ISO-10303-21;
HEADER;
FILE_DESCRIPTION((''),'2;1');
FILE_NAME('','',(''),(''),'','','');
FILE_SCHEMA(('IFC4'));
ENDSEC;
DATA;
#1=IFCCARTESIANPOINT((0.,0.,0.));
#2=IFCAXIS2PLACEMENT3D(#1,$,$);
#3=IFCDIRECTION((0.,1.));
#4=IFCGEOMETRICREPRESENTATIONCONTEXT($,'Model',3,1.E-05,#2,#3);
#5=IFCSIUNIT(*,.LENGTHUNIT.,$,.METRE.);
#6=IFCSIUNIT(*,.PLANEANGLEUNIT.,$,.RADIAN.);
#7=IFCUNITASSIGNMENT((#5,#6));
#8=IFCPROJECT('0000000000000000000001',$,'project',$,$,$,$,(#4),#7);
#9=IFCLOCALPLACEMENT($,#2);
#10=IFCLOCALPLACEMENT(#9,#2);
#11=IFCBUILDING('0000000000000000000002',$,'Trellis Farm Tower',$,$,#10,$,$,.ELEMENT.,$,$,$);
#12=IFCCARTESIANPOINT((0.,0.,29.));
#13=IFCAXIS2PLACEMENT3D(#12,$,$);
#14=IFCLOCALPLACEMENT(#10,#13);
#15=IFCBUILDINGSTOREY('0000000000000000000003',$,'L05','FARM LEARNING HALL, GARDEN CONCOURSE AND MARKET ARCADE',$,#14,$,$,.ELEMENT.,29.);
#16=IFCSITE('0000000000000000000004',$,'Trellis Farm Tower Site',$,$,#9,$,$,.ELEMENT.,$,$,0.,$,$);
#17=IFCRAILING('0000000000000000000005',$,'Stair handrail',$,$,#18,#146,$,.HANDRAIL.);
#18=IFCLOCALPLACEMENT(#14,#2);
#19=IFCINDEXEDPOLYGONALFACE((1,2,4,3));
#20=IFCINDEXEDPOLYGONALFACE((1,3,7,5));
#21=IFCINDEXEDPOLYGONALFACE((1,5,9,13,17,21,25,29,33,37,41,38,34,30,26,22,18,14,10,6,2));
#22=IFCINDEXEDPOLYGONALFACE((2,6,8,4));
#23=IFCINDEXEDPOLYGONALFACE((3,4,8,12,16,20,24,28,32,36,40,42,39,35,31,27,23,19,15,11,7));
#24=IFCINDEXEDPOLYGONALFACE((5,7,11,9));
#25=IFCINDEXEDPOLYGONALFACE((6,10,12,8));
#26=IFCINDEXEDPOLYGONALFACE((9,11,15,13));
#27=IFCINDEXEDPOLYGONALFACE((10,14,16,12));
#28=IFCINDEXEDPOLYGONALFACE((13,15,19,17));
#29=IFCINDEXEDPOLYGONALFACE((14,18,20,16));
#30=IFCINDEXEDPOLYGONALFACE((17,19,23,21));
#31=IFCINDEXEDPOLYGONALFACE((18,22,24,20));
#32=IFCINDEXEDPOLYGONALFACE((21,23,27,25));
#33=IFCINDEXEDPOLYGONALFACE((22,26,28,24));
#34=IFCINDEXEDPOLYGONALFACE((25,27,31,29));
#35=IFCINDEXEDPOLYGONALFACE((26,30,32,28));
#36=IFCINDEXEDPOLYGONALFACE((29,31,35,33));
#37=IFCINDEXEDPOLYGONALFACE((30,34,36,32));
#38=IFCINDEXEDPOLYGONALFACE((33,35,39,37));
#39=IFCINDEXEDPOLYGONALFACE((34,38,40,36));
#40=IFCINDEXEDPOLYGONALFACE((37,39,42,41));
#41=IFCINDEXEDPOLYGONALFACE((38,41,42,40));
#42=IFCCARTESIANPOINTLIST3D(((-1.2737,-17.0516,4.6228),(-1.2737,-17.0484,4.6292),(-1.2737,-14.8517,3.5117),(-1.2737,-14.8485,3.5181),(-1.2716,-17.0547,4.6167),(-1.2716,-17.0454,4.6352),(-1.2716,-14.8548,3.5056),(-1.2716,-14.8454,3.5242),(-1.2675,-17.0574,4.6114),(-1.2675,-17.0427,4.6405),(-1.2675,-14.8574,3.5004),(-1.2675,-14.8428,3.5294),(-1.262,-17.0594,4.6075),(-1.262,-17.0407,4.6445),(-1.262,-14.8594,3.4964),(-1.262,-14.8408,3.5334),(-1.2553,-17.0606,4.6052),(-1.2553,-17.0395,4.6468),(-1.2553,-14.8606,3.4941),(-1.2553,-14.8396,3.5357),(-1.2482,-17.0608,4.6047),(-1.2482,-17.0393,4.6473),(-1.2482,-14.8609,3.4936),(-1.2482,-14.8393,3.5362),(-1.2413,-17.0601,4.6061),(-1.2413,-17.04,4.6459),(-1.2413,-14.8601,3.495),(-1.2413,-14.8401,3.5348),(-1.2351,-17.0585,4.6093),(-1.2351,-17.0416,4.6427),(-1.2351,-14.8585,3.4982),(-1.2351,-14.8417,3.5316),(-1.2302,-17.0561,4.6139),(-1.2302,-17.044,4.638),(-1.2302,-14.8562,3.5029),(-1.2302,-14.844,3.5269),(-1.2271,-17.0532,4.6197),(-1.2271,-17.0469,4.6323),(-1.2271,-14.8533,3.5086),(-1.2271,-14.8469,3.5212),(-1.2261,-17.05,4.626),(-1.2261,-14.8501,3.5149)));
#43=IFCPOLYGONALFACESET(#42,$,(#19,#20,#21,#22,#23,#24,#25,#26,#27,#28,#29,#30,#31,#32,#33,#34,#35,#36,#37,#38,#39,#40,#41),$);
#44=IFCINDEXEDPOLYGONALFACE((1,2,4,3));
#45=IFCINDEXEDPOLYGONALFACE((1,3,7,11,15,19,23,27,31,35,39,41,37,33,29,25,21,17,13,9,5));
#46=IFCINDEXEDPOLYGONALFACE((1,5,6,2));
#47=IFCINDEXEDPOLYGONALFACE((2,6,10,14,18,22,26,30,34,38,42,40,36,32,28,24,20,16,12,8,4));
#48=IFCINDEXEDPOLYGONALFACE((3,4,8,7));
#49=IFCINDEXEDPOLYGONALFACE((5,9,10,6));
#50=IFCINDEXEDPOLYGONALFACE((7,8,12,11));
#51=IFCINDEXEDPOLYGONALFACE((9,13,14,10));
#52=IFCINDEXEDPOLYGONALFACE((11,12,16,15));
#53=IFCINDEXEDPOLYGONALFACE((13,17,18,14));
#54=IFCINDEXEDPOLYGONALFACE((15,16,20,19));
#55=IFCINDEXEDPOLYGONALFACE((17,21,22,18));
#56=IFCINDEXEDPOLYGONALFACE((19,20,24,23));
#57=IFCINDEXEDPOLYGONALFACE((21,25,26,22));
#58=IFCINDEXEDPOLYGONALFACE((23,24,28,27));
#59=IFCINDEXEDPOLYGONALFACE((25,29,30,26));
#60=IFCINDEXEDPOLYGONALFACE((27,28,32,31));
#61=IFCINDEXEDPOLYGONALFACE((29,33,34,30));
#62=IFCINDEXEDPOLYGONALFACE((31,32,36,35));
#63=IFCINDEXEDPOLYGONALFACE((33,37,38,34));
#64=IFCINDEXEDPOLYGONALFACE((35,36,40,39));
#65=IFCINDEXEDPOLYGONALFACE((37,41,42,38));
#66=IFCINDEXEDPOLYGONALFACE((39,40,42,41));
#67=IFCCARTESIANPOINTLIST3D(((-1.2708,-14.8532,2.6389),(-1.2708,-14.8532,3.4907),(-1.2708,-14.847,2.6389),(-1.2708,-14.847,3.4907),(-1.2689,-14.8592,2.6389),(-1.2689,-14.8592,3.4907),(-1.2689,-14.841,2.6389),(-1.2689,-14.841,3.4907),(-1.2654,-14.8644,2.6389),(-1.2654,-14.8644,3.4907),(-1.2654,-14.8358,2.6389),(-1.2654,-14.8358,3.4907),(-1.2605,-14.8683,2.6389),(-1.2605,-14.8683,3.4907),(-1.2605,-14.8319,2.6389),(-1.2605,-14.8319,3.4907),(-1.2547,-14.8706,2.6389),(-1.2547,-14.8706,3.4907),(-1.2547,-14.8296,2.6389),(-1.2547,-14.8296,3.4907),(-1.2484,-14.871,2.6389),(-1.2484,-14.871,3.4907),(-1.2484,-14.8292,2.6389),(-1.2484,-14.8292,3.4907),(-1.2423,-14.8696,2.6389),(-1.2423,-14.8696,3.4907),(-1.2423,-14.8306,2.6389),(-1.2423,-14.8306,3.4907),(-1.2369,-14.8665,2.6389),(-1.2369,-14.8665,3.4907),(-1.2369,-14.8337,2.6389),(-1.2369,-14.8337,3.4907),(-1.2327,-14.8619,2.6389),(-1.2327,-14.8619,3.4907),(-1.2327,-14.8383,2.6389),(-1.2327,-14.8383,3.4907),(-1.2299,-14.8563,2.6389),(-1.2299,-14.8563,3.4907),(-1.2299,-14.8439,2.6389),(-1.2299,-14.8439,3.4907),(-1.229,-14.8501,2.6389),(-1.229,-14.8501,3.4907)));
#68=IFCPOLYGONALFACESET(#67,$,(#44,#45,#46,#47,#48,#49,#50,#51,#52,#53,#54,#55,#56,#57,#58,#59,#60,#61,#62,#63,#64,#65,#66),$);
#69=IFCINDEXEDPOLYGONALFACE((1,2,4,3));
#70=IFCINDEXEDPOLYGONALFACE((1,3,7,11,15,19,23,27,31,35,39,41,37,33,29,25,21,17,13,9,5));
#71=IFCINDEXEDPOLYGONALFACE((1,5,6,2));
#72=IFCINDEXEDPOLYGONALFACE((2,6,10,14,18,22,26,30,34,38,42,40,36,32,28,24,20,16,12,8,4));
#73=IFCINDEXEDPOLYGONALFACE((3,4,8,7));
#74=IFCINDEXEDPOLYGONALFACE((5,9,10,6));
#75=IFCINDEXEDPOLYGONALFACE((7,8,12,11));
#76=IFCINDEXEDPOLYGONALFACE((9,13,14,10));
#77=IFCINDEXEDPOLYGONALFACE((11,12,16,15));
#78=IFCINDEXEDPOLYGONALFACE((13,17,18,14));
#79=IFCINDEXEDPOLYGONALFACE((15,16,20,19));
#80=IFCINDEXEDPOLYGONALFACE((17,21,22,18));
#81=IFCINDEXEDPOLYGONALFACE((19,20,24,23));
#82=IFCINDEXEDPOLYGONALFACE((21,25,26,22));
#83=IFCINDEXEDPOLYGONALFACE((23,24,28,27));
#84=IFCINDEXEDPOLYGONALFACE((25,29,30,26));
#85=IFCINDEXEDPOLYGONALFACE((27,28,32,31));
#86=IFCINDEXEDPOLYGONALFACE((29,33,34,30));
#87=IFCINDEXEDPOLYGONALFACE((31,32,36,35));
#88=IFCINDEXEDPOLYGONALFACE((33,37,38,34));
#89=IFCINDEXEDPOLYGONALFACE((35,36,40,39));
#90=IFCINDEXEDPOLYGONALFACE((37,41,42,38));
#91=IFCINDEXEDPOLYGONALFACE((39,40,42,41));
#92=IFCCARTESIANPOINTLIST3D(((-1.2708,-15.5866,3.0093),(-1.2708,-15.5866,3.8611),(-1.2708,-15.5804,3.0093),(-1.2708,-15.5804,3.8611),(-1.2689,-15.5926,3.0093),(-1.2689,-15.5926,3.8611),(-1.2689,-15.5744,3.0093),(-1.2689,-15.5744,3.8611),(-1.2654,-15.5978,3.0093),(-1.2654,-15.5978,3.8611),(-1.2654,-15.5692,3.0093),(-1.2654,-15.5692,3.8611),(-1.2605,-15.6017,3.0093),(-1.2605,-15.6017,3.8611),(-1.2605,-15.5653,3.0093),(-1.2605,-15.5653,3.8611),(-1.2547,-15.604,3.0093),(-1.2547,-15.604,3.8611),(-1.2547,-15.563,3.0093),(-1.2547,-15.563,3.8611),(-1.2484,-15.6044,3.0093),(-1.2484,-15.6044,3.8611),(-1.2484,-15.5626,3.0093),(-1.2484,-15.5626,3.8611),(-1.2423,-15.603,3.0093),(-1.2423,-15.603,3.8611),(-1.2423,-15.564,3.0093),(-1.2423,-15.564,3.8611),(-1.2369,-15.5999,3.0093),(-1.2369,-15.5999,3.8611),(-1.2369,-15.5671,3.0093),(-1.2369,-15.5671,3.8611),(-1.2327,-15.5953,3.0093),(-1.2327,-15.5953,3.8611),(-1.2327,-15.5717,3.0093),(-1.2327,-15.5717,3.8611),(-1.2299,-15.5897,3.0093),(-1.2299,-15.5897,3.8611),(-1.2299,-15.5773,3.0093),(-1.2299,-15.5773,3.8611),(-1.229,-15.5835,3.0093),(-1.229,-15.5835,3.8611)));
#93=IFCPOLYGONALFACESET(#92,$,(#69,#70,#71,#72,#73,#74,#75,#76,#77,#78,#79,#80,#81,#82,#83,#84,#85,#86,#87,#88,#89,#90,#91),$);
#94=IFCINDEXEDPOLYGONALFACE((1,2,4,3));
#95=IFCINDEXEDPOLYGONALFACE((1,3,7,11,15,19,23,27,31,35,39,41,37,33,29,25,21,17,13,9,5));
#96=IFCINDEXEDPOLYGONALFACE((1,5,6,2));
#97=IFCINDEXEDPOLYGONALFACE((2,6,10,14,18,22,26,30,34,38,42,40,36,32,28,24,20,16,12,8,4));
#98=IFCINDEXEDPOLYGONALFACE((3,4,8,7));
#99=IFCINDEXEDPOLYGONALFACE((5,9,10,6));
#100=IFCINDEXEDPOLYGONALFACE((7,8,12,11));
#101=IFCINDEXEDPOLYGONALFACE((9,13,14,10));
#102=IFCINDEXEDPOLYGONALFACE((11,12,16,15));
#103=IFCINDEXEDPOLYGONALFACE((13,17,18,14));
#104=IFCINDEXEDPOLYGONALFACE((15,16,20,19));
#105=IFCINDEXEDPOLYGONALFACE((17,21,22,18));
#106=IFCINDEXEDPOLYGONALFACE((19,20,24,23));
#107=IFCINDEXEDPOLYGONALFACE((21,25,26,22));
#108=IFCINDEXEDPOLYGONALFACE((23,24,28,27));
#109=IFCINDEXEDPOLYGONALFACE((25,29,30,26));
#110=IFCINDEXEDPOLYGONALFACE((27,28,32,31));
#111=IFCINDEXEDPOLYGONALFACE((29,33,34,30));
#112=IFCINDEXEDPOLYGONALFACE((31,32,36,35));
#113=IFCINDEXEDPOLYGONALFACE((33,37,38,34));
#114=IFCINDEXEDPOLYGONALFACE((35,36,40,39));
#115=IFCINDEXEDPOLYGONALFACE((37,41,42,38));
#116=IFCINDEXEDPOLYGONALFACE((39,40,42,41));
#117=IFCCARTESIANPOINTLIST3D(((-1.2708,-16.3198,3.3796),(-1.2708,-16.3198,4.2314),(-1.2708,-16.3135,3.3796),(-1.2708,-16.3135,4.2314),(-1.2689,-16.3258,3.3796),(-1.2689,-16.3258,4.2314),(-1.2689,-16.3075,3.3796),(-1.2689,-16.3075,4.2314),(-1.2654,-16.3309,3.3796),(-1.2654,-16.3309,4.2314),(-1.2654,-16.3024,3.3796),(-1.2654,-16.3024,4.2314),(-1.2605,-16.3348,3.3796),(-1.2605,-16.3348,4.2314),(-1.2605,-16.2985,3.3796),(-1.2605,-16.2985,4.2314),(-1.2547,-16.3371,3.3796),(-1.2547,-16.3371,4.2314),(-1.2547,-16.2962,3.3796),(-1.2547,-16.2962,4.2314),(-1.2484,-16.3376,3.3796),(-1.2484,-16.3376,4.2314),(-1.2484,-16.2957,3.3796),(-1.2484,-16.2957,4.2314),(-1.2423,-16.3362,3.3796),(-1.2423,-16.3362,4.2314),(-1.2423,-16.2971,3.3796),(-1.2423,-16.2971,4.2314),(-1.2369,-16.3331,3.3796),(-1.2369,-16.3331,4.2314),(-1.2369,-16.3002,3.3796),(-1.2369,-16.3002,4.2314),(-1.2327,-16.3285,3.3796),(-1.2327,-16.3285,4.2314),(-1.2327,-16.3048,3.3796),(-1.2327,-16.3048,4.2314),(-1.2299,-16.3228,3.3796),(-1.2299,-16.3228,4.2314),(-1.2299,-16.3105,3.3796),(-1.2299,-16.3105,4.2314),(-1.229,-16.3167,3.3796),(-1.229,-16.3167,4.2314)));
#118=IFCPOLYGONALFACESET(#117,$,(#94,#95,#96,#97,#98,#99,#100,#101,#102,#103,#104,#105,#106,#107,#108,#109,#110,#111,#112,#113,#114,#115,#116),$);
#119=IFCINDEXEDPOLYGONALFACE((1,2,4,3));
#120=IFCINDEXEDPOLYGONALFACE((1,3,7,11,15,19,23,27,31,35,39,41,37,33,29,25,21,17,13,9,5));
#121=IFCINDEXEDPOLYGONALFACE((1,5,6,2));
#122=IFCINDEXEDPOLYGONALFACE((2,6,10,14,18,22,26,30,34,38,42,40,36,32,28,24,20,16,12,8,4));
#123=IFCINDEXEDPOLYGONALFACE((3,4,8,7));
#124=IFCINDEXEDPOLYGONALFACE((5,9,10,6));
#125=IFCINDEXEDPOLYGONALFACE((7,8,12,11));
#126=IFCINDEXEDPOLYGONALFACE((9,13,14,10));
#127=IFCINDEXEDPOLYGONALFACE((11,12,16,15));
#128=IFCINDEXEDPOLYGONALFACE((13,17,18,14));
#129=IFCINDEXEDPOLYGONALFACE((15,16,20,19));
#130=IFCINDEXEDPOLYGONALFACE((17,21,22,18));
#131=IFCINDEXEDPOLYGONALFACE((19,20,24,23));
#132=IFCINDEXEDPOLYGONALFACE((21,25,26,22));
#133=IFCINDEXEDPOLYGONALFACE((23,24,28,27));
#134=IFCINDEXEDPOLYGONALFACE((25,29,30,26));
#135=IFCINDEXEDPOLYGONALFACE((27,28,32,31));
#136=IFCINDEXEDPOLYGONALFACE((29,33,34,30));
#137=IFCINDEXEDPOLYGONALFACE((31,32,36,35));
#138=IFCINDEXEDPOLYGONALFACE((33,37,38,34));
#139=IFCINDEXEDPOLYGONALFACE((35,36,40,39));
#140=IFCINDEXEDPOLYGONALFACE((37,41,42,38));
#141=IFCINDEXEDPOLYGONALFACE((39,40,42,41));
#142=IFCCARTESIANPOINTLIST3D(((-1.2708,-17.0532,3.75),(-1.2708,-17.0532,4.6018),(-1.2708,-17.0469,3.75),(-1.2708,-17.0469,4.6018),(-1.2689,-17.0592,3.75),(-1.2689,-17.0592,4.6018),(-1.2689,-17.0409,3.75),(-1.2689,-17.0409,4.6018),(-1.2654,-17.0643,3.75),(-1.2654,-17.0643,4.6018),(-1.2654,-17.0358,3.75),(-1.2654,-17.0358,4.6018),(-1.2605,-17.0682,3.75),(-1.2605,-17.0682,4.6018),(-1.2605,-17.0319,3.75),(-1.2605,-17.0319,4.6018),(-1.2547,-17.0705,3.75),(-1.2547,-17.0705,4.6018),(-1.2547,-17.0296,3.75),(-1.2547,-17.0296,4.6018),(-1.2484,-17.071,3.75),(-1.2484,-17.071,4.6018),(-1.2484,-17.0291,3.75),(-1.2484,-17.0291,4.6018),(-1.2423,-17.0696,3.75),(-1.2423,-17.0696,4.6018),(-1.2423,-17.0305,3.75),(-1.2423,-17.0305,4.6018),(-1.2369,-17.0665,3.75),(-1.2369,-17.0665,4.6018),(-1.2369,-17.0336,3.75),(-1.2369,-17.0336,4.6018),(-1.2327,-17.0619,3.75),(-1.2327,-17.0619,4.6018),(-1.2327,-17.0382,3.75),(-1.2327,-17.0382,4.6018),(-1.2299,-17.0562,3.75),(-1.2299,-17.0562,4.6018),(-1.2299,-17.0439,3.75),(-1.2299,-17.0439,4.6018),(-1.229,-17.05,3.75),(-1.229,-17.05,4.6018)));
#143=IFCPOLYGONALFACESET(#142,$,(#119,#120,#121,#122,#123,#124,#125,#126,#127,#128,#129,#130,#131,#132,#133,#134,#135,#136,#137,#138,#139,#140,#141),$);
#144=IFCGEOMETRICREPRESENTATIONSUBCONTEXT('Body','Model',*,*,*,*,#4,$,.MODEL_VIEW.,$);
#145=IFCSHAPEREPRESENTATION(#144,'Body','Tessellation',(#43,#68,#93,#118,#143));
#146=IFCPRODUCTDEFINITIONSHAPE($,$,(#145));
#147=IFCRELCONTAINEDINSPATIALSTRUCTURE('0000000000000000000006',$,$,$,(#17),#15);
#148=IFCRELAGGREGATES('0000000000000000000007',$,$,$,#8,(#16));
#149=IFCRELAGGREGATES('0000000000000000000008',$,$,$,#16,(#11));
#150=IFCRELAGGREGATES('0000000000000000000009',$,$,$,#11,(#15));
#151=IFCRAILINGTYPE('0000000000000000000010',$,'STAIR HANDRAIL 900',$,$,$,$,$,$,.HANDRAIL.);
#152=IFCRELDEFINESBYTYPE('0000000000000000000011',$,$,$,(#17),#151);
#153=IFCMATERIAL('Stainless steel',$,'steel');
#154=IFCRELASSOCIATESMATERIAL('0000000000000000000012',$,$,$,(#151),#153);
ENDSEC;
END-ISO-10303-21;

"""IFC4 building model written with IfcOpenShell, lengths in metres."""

from ifc_helpers import new_model, si_unit, direction, frame, origin, origin_2d, place, context, subcontext, project, spatial, circle, extrude, source, transform, mapped, material, type_object, element, save


model = new_model("IFC4")

# Units and contexts
model_context = context("Model", 3, precision=1e-05, world=origin(), true_north=direction((0.0, 1.0)))
body_context = subcontext(model_context, "Body", "Model", "MODEL_VIEW")
ifc_project = project(units=[si_unit("LENGTHUNIT", "METRE"), si_unit("PLANEANGLEUNIT", "RADIAN")], contexts=[model_context])

# Site, building, storey
site_placement = place(None, origin())
site = spatial("IfcSite", under=ifc_project, at=site_placement, Name="Trellis Farm Tower Site", CompositionType="ELEMENT", RefElevation=0.0)
building_placement = place(site_placement, origin())
building = spatial("IfcBuilding", under=site, at=building_placement, Name="Trellis Farm Tower", CompositionType="ELEMENT")
storey_placement = place(building_placement, frame((0.0, 0.0, 29.0)))
storey = spatial("IfcBuildingStorey", under=building, at=storey_placement, Name="L05", Description="FARM LEARNING HALL, GARDEN CONCOURSE AND MARKET ARCADE", CompositionType="ELEMENT", Elevation=29.0)

# Railing
ifc_material_1 = material(Name="Stainless steel", Category="steel")
railing_type = type_object("IfcRailingType", Name="STAIR HANDRAIL 900", PredefinedType="HANDRAIL", material=ifc_material_1)
shared_shape_1 = source(origin(), body_context, "Body", "SweptSolid", [
    extrude(circle(Radius=0.0239, at=origin_2d()), frame((0.0, 0.0, 0.876), z_axis=(0.0, -0.892617, 0.450816), x_axis=(1.0, 0.0, 0.0)), (0.0, 0.0, 1.0), 2.4646),
    extrude(circle(Radius=0.021, at=origin_2d()), origin(), (0.0, 0.0, 1.0), 0.8518),
    extrude(circle(Radius=0.021, at=origin_2d()), frame((0.0, -0.7334, 0.3704)), (0.0, 0.0, 1.0), 0.8518),
    extrude(circle(Radius=0.021, at=origin_2d()), frame((0.0, -1.4666, 0.7407)), (0.0, 0.0, 1.0), 0.8518),
    extrude(circle(Radius=0.021, at=origin_2d()), frame((0.0, -2.2, 1.1111)), (0.0, 0.0, 1.0), 0.8518),
])
for number, where, name in (
    (1, (-1.25, -14.8501, 2.6389), "Stair handrail"),
):
    element("IfcRailing", number, at=place(storey_placement, frame(where)), inside=storey, type_object=railing_type, Name=name, PredefinedType="HANDRAIL", context=body_context, shape_type="MappedRepresentation", body=[
        mapped(shared_shape_1, transform((0.0, 0.0, 0.0))),
    ])

save(model, "model.ifc")
